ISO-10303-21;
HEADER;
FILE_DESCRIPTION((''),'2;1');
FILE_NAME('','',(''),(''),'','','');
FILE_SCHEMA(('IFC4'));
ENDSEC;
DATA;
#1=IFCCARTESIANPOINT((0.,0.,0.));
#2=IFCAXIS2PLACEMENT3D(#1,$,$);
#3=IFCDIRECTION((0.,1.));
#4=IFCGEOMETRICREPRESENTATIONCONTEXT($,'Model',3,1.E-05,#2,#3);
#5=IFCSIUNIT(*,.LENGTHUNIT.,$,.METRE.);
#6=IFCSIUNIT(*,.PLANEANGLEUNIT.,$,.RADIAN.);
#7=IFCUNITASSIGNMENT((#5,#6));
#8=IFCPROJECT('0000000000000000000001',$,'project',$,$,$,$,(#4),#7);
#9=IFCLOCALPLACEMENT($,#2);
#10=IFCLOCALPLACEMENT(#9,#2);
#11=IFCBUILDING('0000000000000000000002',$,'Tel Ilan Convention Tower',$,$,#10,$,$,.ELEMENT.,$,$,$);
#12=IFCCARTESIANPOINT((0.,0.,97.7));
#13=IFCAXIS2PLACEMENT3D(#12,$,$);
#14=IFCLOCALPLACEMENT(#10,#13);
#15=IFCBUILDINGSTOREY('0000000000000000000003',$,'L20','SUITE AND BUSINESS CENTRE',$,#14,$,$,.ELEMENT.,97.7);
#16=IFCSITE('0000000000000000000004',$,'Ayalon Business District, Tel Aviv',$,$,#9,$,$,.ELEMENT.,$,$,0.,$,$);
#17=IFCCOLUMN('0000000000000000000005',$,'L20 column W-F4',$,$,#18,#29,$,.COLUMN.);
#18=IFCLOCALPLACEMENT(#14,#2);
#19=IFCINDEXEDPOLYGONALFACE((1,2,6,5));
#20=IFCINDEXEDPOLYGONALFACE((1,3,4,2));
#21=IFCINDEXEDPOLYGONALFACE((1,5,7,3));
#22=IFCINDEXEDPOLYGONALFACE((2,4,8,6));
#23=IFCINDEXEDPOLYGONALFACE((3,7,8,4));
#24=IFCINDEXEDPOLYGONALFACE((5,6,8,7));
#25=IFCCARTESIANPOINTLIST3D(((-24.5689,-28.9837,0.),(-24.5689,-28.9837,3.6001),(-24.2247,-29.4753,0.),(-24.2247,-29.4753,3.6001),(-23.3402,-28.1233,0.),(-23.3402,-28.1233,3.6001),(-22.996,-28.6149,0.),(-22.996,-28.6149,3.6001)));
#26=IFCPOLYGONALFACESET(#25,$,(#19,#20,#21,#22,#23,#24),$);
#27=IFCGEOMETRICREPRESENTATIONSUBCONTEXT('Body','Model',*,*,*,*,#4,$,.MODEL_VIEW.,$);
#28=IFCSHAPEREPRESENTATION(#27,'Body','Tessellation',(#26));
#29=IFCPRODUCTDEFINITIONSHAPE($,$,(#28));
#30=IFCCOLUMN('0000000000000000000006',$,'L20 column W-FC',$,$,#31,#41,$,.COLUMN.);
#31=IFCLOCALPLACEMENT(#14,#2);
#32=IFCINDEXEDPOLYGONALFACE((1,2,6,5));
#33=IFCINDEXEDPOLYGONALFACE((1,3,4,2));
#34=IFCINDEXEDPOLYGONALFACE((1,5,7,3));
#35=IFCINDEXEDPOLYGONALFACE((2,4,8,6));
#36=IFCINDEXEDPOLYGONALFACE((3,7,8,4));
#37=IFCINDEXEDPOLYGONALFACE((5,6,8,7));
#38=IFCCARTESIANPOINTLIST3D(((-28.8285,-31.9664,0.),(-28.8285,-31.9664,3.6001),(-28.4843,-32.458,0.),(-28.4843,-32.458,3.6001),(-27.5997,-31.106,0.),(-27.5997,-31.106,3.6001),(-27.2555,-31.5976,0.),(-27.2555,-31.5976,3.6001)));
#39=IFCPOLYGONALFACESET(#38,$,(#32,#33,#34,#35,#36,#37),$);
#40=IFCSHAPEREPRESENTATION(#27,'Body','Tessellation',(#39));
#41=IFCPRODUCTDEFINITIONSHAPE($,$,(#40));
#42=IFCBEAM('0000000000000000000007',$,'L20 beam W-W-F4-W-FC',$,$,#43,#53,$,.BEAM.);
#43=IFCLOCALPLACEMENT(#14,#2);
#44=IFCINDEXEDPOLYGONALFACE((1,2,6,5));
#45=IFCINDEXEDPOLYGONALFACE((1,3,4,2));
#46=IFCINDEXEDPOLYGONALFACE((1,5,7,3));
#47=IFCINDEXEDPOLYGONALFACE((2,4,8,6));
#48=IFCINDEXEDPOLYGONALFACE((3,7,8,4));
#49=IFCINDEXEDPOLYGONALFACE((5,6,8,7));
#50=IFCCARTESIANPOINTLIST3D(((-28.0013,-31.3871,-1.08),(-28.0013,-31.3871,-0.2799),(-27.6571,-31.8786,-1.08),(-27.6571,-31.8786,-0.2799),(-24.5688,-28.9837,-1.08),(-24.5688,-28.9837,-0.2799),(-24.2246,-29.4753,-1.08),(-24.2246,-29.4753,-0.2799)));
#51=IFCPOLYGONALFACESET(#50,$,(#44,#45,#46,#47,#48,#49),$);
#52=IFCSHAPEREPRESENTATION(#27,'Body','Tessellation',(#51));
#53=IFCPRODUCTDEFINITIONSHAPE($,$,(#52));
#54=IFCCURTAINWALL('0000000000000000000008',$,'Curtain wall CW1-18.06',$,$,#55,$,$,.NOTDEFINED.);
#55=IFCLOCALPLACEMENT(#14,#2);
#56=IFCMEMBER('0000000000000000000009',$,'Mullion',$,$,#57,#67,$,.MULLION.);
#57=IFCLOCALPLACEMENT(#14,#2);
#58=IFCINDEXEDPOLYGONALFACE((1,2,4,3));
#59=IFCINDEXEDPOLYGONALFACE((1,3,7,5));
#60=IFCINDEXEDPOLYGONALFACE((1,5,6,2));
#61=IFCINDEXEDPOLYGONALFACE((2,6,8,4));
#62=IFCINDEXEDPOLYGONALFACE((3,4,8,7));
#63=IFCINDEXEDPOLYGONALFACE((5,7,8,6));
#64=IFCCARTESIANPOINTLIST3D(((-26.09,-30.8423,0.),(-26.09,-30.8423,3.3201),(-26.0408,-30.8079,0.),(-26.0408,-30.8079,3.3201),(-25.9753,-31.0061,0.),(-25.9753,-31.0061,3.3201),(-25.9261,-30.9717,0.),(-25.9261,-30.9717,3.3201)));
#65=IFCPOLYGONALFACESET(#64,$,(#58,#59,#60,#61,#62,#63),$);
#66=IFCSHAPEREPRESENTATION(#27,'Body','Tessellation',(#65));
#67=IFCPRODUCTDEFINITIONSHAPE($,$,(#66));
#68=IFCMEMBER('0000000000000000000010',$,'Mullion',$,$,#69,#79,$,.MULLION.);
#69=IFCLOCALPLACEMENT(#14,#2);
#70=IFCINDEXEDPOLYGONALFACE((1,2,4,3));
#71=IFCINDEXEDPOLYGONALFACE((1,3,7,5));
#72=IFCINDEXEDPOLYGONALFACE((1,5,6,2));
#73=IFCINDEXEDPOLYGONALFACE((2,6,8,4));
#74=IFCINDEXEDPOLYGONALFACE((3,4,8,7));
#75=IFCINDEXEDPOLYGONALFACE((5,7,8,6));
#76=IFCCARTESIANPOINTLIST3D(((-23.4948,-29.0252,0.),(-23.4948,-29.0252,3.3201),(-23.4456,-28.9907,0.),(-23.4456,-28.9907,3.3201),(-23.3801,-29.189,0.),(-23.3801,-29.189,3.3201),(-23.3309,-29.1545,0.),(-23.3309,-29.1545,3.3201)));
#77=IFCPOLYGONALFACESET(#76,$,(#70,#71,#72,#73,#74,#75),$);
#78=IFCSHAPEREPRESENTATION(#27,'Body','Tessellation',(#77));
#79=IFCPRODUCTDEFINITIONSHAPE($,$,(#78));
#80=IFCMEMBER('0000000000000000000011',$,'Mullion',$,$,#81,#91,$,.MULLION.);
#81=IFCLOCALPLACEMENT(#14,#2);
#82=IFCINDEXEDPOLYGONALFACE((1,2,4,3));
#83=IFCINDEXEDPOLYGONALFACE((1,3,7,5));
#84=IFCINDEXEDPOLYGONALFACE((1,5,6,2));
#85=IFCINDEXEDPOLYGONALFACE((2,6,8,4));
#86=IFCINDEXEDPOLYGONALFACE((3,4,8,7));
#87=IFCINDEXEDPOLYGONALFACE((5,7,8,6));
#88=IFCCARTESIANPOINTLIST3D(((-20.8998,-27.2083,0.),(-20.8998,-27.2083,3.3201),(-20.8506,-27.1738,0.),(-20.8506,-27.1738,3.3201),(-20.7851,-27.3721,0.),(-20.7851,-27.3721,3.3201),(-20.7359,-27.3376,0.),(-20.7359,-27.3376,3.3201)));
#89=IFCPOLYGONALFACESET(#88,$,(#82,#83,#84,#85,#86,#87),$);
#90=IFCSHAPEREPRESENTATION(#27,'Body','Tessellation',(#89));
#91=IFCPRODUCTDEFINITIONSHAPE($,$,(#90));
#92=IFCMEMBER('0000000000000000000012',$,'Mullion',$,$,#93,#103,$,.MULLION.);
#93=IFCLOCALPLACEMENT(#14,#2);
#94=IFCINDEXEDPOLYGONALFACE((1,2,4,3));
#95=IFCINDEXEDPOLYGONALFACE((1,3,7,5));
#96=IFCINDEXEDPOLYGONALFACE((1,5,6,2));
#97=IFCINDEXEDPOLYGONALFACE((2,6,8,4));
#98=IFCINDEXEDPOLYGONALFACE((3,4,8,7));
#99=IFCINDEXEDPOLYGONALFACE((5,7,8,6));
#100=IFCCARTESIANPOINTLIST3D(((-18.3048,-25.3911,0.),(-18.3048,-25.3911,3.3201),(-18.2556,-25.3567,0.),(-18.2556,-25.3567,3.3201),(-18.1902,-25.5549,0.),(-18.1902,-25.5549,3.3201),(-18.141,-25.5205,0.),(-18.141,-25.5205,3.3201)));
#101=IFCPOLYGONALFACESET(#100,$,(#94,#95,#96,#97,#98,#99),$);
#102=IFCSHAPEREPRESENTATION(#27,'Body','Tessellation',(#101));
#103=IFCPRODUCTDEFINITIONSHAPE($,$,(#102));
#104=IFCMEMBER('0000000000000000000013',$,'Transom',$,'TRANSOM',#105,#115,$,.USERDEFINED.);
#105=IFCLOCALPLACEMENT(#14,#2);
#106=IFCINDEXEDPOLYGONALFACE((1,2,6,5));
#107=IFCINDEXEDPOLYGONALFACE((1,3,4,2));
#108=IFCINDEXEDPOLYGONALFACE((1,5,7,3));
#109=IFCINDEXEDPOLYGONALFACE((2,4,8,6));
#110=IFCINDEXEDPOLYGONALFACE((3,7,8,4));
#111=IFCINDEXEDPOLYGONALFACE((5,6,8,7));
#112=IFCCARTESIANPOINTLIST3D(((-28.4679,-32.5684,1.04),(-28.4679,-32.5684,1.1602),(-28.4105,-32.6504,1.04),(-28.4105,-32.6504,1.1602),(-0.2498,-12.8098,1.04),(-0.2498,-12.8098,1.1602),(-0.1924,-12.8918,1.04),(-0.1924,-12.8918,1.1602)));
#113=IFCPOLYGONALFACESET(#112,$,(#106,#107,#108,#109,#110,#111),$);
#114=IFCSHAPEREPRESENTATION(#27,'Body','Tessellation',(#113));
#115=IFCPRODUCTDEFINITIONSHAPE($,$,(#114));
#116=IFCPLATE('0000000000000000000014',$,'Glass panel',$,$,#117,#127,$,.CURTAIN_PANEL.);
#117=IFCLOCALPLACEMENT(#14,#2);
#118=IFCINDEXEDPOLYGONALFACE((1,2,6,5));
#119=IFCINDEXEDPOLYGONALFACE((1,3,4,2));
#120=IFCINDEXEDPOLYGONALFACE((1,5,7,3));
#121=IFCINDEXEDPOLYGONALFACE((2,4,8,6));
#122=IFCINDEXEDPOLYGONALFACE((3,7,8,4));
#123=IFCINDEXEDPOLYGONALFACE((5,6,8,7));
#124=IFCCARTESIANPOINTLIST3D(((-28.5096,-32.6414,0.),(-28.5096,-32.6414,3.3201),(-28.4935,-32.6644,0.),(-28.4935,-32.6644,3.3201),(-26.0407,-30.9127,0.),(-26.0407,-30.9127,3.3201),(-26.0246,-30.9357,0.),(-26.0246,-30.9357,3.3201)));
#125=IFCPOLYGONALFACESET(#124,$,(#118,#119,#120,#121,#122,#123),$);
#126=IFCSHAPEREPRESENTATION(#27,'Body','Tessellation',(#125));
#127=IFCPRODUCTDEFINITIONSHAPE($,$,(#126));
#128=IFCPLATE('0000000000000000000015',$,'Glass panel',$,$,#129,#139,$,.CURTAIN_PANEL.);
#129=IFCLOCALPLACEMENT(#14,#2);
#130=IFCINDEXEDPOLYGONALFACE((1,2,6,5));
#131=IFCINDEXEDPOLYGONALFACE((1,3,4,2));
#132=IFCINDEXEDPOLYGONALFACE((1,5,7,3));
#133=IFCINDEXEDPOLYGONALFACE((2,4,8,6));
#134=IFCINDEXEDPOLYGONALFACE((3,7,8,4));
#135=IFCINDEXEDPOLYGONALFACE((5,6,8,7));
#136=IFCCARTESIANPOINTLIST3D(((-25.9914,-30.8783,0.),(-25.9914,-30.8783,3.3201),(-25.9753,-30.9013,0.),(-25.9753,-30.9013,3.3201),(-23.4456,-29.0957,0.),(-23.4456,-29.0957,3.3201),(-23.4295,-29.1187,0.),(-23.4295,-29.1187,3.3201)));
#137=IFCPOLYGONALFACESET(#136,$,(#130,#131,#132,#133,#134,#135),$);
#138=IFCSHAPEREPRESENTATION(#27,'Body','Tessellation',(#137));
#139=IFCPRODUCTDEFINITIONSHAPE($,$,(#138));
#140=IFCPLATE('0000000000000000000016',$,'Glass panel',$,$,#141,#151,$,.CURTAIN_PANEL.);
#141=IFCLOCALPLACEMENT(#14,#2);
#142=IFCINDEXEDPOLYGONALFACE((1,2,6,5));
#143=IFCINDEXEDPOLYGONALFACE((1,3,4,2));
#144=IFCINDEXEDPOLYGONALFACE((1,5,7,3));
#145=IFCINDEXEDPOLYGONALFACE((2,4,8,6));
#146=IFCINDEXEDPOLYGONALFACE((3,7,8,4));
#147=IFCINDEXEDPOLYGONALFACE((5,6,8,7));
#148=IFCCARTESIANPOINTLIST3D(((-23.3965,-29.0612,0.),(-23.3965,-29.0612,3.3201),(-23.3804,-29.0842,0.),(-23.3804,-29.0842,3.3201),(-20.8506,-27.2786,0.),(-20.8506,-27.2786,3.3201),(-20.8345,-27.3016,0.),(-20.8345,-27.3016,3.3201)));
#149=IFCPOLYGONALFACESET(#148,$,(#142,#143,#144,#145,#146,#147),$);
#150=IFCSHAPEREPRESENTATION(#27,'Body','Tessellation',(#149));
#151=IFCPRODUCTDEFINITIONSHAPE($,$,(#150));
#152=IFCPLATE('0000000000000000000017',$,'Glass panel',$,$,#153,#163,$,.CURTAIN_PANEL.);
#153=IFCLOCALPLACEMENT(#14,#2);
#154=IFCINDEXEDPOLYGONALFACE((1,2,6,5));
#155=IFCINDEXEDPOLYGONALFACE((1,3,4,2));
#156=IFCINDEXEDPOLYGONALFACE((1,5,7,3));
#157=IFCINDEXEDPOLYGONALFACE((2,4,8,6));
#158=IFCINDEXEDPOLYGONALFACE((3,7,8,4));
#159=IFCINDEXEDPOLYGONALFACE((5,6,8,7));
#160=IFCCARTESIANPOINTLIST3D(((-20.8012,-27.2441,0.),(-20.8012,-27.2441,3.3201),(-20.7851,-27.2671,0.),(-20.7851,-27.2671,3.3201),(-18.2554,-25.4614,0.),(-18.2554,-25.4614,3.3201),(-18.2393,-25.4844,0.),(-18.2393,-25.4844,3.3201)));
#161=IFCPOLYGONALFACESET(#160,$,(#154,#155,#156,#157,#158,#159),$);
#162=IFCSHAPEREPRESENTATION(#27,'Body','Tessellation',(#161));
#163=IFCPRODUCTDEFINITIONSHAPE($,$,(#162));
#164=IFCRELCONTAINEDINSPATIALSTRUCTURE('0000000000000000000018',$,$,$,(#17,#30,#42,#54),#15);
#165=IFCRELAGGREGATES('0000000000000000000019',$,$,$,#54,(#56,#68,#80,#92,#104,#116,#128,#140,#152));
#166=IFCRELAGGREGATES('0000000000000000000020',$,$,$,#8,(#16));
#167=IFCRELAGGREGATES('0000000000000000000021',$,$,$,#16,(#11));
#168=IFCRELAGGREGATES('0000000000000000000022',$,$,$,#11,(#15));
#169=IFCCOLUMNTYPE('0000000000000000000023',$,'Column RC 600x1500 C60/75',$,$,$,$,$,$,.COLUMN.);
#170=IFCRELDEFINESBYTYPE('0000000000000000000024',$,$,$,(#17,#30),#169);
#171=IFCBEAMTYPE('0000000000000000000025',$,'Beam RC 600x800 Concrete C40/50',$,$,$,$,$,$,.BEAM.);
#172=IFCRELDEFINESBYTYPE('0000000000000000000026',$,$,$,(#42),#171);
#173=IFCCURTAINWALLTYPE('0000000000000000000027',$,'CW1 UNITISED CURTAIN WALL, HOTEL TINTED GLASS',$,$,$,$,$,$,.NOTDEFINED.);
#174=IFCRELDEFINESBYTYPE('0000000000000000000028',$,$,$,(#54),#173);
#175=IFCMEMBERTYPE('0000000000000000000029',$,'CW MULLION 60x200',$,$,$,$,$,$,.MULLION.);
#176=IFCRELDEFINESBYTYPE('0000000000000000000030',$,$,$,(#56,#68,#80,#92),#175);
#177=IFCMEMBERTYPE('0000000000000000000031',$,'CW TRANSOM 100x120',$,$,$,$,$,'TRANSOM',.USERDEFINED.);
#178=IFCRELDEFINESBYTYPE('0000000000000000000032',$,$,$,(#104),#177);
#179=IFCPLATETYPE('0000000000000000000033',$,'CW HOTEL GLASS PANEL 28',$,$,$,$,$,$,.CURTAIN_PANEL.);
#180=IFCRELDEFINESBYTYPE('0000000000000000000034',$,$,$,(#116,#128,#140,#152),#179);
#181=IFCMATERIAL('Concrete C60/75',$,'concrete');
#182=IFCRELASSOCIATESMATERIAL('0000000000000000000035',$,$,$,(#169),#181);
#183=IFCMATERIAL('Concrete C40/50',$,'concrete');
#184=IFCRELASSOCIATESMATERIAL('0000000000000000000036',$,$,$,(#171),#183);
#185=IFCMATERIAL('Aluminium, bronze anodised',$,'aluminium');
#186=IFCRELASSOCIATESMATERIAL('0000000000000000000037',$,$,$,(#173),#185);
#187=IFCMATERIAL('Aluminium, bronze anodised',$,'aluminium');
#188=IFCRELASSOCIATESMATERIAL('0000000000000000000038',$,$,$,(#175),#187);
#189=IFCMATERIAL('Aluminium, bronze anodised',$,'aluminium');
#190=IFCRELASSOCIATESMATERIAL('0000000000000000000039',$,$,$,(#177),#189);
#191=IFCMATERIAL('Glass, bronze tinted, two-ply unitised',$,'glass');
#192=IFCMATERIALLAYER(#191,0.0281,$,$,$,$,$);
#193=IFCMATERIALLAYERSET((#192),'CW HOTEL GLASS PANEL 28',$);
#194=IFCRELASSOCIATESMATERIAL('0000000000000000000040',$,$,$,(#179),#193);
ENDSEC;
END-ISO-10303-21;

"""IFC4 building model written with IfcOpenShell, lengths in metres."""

from ifc_helpers import new_model, si_unit, direction, frame, origin, origin_2d, place, context, subcontext, project, spatial, rectangle, extrude, material, layer, layer_set, material_profile, profile_set, type_object, element, aggregate, save


model = new_model("IFC4")

# Units and contexts
model_context = context("Model", 3, precision=1e-05, world=origin(), true_north=direction((0.0, 1.0)))
body_context = subcontext(model_context, "Body", "Model", "MODEL_VIEW")
ifc_project = project(units=[si_unit("LENGTHUNIT", "METRE"), si_unit("PLANEANGLEUNIT", "RADIAN")], contexts=[model_context])

# Site, building, storey
site_placement = place(None, origin())
site = spatial("IfcSite", under=ifc_project, at=site_placement, Name="Ayalon Business District, Tel Aviv", CompositionType="ELEMENT", RefElevation=0.0)
building_placement = place(site_placement, origin())
building = spatial("IfcBuilding", under=site, at=building_placement, Name="Tel Ilan Convention Tower", CompositionType="ELEMENT")
storey_placement = place(building_placement, frame((0.0, 0.0, 97.7)))
storey = spatial("IfcBuildingStorey", under=building, at=storey_placement, Name="L20", Description="SUITE AND BUSINESS CENTRE", CompositionType="ELEMENT", Elevation=97.7)

# Columns
ifc_material_1 = material(Name="Concrete C60/75", Category="concrete")
ifc_material_profile_1 = material_profile(ifc_material_1, rectangle(XDim=1.5, YDim=0.6001, at=origin_2d()), Name="RC 600x1500")
ifc_profile_set_1 = profile_set([ifc_material_profile_1], Name="Concrete C60/75")
column_type = type_object("IfcColumnType", Name="Column RC 600x1500 C60/75", PredefinedType="COLUMN", material=ifc_profile_set_1)
for number, where, z_axis, x_axis, name in (
    (1, (-23.7825, -28.7993, 0.0), (0.0, 0.0, 1.0), (-0.819152, -0.573576, 0.0), "L20 column W-F4"),
    (2, (-28.042, -31.782, 0.0), (0.0, 0.0, 1.0), (-0.819152, -0.573576, 0.0), "L20 column W-FC"),
):
    element("IfcColumn", number, at=place(storey_placement, frame(where, z_axis=z_axis, x_axis=x_axis)), inside=storey, type_object=column_type, Name=name, PredefinedType="COLUMN", context=body_context, shape_type="SweptSolid", body=[
        extrude(rectangle(XDim=1.5, YDim=0.6001, at=origin_2d()), origin(), (0.0, 0.0, 1.0), 3.6001),
    ])

# Beam
ifc_material_2 = material(Name="Concrete C40/50", Category="concrete")
ifc_material_profile_2 = material_profile(ifc_material_2, rectangle(XDim=0.6001, YDim=0.8, at=origin_2d()), Name="RC 600x800")
ifc_profile_set_2 = profile_set([ifc_material_profile_2], Name="Concrete C40/50")
beam_type = type_object("IfcBeamType", Name="Beam RC 600x800 Concrete C40/50", PredefinedType="BEAM", material=ifc_profile_set_2)
beam_placement = place(storey_placement, frame((-24.3967, -29.2295, -0.6799), z_axis=(-0.819158, -0.573568, 0.0), x_axis=(0.573568, -0.819158, 0.0)))
element("IfcBeam", 3, at=beam_placement, inside=storey, type_object=beam_type, Name="L20 beam W-W-F4-W-FC", PredefinedType="BEAM", context=body_context, shape_type="SweptSolid", body=[
    extrude(rectangle(XDim=0.6001, YDim=0.8, at=origin_2d()), origin(), (0.0, 0.0, 1.0), 4.1902),
])

# Curtain wall, members, plates
ifc_material_3 = material(Name="Aluminium, bronze anodised", Category="aluminium")
curtain_wall_type = type_object("IfcCurtainWallType", Name="CW1 UNITISED CURTAIN WALL, HOTEL TINTED GLASS", PredefinedType="NOTDEFINED", material=ifc_material_3)
curtain_wall_placement = place(storey_placement, origin())
curtain_wall = element("IfcCurtainWall", 4, at=curtain_wall_placement, inside=storey, type_object=curtain_wall_type, Name="Curtain wall CW1-18.06", PredefinedType="NOTDEFINED")
ifc_material_4 = material(Name="Aluminium, bronze anodised", Category="aluminium")
ifc_material_profile_3 = material_profile(ifc_material_4, rectangle(XDim=0.0601, YDim=0.2, at=origin_2d()), Name="CW MULLION 60x200")
ifc_profile_set_3 = profile_set([ifc_material_profile_3], Name="Aluminium, bronze anodised")
member_type_1 = type_object("IfcMemberType", Name="CW MULLION 60x200", PredefinedType="MULLION", material=ifc_profile_set_3)
member_1_placement = place(storey_placement, frame((-26.0081, -30.907, 0.0), z_axis=(0.0, 0.0, 1.0), x_axis=(0.819152, 0.573576, 0.0)))
member_1 = element("IfcMember", 5, at=member_1_placement, type_object=member_type_1, Name="Mullion", PredefinedType="MULLION", context=body_context, shape_type="SweptSolid", body=[
    extrude(rectangle(XDim=0.0601, YDim=0.2, at=origin_2d()), origin(), (0.0, 0.0, 1.0), 3.3201),
])
member_2_placement = place(storey_placement, frame((-23.4128, -29.0898, 0.0), z_axis=(0.0, 0.0, 1.0), x_axis=(0.819152, 0.573576, 0.0)))
member_2 = element("IfcMember", 6, at=member_2_placement, type_object=member_type_1, Name="Mullion", PredefinedType="MULLION", context=body_context, shape_type="SweptSolid", body=[
    extrude(rectangle(XDim=0.0601, YDim=0.2, at=origin_2d()), origin(), (0.0, 0.0, 1.0), 3.3201),
])
member_3_placement = place(storey_placement, frame((-20.8179, -27.2729, 0.0), z_axis=(0.0, 0.0, 1.0), x_axis=(0.819152, 0.573576, 0.0)))
member_3 = element("IfcMember", 7, at=member_3_placement, type_object=member_type_1, Name="Mullion", PredefinedType="MULLION", context=body_context, shape_type="SweptSolid", body=[
    extrude(rectangle(XDim=0.0601, YDim=0.2, at=origin_2d()), origin(), (0.0, 0.0, 1.0), 3.3201),
])
member_4_placement = place(storey_placement, frame((-18.2229, -25.4558, 0.0), z_axis=(0.0, 0.0, 1.0), x_axis=(0.819152, 0.573576, 0.0)))
member_4 = element("IfcMember", 8, at=member_4_placement, type_object=member_type_1, Name="Mullion", PredefinedType="MULLION", context=body_context, shape_type="SweptSolid", body=[
    extrude(rectangle(XDim=0.0601, YDim=0.2, at=origin_2d()), origin(), (0.0, 0.0, 1.0), 3.3201),
])
ifc_material_5 = material(Name="Aluminium, bronze anodised", Category="aluminium")
ifc_material_profile_4 = material_profile(ifc_material_5, rectangle(XDim=0.1001, YDim=0.1201, at=origin_2d()), Name="CW TRANSOM 100x120")
ifc_profile_set_4 = profile_set([ifc_material_profile_4], Name="Aluminium, bronze anodised")
member_type_2 = type_object("IfcMemberType", Name="CW TRANSOM 100x120", ElementType="TRANSOM", PredefinedType="USERDEFINED", material=ifc_profile_set_4)
member_5_placement = place(storey_placement, frame((-28.4392, -32.6094, 1.1001), z_axis=(0.819151, 0.573578, 0.0), x_axis=(-0.573578, 0.819151, 0.0)))
member_5 = element("IfcMember", 9, at=member_5_placement, type_object=member_type_2, Name="Transom", ObjectType="TRANSOM", PredefinedType="USERDEFINED", context=body_context, shape_type="SweptSolid", body=[
    extrude(rectangle(XDim=0.1001, YDim=0.1201, at=origin_2d()), origin(), (0.0, 0.0, 1.0), 34.448),
])
ifc_material_6 = material(Name="Glass, bronze tinted, two-ply unitised", Category="glass")
ifc_layer_1 = layer(ifc_material_6, 0.0281)
ifc_layer_set_1 = layer_set([ifc_layer_1], Name="CW HOTEL GLASS PANEL 28")
plate_type = type_object("IfcPlateType", Name="CW HOTEL GLASS PANEL 28", PredefinedType="CURTAIN_PANEL", material=ifc_layer_set_1)
plate_1_placement = place(storey_placement, frame((-27.2671, -31.7886, 0.0), z_axis=(0.0, 0.0, 1.0), x_axis=(0.819152, 0.573576, 0.0)))
plate_1 = element("IfcPlate", 10, at=plate_1_placement, type_object=plate_type, Name="Glass panel", PredefinedType="CURTAIN_PANEL", context=body_context, shape_type="SweptSolid", body=[
    extrude(rectangle(XDim=3.0139, YDim=0.0281, at=origin_2d()), origin(), (0.0, 0.0, 1.0), 3.3201),
])
plate_2_placement = place(storey_placement, frame((-24.7104, -29.9985, 0.0), z_axis=(0.0, 0.0, 1.0), x_axis=(0.819152, 0.573576, 0.0)))
plate_2 = element("IfcPlate", 11, at=plate_2_placement, type_object=plate_type, Name="Glass panel", PredefinedType="CURTAIN_PANEL", context=body_context, shape_type="SweptSolid", body=[
    extrude(rectangle(XDim=3.1079, YDim=0.0281, at=origin_2d()), origin(), (0.0, 0.0, 1.0), 3.3201),
])
plate_3_placement = place(storey_placement, frame((-22.1155, -28.1814, 0.0), z_axis=(0.0, 0.0, 1.0), x_axis=(0.819152, 0.573576, 0.0)))
plate_3 = element("IfcPlate", 12, at=plate_3_placement, type_object=plate_type, Name="Glass panel", PredefinedType="CURTAIN_PANEL", context=body_context, shape_type="SweptSolid", body=[
    extrude(rectangle(XDim=3.1079, YDim=0.0281, at=origin_2d()), origin(), (0.0, 0.0, 1.0), 3.3201),
])
plate_4_placement = place(storey_placement, frame((-19.5203, -26.3643, 0.0), z_axis=(0.0, 0.0, 1.0), x_axis=(0.819152, 0.573576, 0.0)))
plate_4 = element("IfcPlate", 13, at=plate_4_placement, type_object=plate_type, Name="Glass panel", PredefinedType="CURTAIN_PANEL", context=body_context, shape_type="SweptSolid", body=[
    extrude(rectangle(XDim=3.1079, YDim=0.0281, at=origin_2d()), origin(), (0.0, 0.0, 1.0), 3.3201),
])
aggregate(curtain_wall, [member_1, member_2, member_3, member_4, member_5, plate_1, plate_2, plate_3, plate_4])

save(model, "model.ifc")
